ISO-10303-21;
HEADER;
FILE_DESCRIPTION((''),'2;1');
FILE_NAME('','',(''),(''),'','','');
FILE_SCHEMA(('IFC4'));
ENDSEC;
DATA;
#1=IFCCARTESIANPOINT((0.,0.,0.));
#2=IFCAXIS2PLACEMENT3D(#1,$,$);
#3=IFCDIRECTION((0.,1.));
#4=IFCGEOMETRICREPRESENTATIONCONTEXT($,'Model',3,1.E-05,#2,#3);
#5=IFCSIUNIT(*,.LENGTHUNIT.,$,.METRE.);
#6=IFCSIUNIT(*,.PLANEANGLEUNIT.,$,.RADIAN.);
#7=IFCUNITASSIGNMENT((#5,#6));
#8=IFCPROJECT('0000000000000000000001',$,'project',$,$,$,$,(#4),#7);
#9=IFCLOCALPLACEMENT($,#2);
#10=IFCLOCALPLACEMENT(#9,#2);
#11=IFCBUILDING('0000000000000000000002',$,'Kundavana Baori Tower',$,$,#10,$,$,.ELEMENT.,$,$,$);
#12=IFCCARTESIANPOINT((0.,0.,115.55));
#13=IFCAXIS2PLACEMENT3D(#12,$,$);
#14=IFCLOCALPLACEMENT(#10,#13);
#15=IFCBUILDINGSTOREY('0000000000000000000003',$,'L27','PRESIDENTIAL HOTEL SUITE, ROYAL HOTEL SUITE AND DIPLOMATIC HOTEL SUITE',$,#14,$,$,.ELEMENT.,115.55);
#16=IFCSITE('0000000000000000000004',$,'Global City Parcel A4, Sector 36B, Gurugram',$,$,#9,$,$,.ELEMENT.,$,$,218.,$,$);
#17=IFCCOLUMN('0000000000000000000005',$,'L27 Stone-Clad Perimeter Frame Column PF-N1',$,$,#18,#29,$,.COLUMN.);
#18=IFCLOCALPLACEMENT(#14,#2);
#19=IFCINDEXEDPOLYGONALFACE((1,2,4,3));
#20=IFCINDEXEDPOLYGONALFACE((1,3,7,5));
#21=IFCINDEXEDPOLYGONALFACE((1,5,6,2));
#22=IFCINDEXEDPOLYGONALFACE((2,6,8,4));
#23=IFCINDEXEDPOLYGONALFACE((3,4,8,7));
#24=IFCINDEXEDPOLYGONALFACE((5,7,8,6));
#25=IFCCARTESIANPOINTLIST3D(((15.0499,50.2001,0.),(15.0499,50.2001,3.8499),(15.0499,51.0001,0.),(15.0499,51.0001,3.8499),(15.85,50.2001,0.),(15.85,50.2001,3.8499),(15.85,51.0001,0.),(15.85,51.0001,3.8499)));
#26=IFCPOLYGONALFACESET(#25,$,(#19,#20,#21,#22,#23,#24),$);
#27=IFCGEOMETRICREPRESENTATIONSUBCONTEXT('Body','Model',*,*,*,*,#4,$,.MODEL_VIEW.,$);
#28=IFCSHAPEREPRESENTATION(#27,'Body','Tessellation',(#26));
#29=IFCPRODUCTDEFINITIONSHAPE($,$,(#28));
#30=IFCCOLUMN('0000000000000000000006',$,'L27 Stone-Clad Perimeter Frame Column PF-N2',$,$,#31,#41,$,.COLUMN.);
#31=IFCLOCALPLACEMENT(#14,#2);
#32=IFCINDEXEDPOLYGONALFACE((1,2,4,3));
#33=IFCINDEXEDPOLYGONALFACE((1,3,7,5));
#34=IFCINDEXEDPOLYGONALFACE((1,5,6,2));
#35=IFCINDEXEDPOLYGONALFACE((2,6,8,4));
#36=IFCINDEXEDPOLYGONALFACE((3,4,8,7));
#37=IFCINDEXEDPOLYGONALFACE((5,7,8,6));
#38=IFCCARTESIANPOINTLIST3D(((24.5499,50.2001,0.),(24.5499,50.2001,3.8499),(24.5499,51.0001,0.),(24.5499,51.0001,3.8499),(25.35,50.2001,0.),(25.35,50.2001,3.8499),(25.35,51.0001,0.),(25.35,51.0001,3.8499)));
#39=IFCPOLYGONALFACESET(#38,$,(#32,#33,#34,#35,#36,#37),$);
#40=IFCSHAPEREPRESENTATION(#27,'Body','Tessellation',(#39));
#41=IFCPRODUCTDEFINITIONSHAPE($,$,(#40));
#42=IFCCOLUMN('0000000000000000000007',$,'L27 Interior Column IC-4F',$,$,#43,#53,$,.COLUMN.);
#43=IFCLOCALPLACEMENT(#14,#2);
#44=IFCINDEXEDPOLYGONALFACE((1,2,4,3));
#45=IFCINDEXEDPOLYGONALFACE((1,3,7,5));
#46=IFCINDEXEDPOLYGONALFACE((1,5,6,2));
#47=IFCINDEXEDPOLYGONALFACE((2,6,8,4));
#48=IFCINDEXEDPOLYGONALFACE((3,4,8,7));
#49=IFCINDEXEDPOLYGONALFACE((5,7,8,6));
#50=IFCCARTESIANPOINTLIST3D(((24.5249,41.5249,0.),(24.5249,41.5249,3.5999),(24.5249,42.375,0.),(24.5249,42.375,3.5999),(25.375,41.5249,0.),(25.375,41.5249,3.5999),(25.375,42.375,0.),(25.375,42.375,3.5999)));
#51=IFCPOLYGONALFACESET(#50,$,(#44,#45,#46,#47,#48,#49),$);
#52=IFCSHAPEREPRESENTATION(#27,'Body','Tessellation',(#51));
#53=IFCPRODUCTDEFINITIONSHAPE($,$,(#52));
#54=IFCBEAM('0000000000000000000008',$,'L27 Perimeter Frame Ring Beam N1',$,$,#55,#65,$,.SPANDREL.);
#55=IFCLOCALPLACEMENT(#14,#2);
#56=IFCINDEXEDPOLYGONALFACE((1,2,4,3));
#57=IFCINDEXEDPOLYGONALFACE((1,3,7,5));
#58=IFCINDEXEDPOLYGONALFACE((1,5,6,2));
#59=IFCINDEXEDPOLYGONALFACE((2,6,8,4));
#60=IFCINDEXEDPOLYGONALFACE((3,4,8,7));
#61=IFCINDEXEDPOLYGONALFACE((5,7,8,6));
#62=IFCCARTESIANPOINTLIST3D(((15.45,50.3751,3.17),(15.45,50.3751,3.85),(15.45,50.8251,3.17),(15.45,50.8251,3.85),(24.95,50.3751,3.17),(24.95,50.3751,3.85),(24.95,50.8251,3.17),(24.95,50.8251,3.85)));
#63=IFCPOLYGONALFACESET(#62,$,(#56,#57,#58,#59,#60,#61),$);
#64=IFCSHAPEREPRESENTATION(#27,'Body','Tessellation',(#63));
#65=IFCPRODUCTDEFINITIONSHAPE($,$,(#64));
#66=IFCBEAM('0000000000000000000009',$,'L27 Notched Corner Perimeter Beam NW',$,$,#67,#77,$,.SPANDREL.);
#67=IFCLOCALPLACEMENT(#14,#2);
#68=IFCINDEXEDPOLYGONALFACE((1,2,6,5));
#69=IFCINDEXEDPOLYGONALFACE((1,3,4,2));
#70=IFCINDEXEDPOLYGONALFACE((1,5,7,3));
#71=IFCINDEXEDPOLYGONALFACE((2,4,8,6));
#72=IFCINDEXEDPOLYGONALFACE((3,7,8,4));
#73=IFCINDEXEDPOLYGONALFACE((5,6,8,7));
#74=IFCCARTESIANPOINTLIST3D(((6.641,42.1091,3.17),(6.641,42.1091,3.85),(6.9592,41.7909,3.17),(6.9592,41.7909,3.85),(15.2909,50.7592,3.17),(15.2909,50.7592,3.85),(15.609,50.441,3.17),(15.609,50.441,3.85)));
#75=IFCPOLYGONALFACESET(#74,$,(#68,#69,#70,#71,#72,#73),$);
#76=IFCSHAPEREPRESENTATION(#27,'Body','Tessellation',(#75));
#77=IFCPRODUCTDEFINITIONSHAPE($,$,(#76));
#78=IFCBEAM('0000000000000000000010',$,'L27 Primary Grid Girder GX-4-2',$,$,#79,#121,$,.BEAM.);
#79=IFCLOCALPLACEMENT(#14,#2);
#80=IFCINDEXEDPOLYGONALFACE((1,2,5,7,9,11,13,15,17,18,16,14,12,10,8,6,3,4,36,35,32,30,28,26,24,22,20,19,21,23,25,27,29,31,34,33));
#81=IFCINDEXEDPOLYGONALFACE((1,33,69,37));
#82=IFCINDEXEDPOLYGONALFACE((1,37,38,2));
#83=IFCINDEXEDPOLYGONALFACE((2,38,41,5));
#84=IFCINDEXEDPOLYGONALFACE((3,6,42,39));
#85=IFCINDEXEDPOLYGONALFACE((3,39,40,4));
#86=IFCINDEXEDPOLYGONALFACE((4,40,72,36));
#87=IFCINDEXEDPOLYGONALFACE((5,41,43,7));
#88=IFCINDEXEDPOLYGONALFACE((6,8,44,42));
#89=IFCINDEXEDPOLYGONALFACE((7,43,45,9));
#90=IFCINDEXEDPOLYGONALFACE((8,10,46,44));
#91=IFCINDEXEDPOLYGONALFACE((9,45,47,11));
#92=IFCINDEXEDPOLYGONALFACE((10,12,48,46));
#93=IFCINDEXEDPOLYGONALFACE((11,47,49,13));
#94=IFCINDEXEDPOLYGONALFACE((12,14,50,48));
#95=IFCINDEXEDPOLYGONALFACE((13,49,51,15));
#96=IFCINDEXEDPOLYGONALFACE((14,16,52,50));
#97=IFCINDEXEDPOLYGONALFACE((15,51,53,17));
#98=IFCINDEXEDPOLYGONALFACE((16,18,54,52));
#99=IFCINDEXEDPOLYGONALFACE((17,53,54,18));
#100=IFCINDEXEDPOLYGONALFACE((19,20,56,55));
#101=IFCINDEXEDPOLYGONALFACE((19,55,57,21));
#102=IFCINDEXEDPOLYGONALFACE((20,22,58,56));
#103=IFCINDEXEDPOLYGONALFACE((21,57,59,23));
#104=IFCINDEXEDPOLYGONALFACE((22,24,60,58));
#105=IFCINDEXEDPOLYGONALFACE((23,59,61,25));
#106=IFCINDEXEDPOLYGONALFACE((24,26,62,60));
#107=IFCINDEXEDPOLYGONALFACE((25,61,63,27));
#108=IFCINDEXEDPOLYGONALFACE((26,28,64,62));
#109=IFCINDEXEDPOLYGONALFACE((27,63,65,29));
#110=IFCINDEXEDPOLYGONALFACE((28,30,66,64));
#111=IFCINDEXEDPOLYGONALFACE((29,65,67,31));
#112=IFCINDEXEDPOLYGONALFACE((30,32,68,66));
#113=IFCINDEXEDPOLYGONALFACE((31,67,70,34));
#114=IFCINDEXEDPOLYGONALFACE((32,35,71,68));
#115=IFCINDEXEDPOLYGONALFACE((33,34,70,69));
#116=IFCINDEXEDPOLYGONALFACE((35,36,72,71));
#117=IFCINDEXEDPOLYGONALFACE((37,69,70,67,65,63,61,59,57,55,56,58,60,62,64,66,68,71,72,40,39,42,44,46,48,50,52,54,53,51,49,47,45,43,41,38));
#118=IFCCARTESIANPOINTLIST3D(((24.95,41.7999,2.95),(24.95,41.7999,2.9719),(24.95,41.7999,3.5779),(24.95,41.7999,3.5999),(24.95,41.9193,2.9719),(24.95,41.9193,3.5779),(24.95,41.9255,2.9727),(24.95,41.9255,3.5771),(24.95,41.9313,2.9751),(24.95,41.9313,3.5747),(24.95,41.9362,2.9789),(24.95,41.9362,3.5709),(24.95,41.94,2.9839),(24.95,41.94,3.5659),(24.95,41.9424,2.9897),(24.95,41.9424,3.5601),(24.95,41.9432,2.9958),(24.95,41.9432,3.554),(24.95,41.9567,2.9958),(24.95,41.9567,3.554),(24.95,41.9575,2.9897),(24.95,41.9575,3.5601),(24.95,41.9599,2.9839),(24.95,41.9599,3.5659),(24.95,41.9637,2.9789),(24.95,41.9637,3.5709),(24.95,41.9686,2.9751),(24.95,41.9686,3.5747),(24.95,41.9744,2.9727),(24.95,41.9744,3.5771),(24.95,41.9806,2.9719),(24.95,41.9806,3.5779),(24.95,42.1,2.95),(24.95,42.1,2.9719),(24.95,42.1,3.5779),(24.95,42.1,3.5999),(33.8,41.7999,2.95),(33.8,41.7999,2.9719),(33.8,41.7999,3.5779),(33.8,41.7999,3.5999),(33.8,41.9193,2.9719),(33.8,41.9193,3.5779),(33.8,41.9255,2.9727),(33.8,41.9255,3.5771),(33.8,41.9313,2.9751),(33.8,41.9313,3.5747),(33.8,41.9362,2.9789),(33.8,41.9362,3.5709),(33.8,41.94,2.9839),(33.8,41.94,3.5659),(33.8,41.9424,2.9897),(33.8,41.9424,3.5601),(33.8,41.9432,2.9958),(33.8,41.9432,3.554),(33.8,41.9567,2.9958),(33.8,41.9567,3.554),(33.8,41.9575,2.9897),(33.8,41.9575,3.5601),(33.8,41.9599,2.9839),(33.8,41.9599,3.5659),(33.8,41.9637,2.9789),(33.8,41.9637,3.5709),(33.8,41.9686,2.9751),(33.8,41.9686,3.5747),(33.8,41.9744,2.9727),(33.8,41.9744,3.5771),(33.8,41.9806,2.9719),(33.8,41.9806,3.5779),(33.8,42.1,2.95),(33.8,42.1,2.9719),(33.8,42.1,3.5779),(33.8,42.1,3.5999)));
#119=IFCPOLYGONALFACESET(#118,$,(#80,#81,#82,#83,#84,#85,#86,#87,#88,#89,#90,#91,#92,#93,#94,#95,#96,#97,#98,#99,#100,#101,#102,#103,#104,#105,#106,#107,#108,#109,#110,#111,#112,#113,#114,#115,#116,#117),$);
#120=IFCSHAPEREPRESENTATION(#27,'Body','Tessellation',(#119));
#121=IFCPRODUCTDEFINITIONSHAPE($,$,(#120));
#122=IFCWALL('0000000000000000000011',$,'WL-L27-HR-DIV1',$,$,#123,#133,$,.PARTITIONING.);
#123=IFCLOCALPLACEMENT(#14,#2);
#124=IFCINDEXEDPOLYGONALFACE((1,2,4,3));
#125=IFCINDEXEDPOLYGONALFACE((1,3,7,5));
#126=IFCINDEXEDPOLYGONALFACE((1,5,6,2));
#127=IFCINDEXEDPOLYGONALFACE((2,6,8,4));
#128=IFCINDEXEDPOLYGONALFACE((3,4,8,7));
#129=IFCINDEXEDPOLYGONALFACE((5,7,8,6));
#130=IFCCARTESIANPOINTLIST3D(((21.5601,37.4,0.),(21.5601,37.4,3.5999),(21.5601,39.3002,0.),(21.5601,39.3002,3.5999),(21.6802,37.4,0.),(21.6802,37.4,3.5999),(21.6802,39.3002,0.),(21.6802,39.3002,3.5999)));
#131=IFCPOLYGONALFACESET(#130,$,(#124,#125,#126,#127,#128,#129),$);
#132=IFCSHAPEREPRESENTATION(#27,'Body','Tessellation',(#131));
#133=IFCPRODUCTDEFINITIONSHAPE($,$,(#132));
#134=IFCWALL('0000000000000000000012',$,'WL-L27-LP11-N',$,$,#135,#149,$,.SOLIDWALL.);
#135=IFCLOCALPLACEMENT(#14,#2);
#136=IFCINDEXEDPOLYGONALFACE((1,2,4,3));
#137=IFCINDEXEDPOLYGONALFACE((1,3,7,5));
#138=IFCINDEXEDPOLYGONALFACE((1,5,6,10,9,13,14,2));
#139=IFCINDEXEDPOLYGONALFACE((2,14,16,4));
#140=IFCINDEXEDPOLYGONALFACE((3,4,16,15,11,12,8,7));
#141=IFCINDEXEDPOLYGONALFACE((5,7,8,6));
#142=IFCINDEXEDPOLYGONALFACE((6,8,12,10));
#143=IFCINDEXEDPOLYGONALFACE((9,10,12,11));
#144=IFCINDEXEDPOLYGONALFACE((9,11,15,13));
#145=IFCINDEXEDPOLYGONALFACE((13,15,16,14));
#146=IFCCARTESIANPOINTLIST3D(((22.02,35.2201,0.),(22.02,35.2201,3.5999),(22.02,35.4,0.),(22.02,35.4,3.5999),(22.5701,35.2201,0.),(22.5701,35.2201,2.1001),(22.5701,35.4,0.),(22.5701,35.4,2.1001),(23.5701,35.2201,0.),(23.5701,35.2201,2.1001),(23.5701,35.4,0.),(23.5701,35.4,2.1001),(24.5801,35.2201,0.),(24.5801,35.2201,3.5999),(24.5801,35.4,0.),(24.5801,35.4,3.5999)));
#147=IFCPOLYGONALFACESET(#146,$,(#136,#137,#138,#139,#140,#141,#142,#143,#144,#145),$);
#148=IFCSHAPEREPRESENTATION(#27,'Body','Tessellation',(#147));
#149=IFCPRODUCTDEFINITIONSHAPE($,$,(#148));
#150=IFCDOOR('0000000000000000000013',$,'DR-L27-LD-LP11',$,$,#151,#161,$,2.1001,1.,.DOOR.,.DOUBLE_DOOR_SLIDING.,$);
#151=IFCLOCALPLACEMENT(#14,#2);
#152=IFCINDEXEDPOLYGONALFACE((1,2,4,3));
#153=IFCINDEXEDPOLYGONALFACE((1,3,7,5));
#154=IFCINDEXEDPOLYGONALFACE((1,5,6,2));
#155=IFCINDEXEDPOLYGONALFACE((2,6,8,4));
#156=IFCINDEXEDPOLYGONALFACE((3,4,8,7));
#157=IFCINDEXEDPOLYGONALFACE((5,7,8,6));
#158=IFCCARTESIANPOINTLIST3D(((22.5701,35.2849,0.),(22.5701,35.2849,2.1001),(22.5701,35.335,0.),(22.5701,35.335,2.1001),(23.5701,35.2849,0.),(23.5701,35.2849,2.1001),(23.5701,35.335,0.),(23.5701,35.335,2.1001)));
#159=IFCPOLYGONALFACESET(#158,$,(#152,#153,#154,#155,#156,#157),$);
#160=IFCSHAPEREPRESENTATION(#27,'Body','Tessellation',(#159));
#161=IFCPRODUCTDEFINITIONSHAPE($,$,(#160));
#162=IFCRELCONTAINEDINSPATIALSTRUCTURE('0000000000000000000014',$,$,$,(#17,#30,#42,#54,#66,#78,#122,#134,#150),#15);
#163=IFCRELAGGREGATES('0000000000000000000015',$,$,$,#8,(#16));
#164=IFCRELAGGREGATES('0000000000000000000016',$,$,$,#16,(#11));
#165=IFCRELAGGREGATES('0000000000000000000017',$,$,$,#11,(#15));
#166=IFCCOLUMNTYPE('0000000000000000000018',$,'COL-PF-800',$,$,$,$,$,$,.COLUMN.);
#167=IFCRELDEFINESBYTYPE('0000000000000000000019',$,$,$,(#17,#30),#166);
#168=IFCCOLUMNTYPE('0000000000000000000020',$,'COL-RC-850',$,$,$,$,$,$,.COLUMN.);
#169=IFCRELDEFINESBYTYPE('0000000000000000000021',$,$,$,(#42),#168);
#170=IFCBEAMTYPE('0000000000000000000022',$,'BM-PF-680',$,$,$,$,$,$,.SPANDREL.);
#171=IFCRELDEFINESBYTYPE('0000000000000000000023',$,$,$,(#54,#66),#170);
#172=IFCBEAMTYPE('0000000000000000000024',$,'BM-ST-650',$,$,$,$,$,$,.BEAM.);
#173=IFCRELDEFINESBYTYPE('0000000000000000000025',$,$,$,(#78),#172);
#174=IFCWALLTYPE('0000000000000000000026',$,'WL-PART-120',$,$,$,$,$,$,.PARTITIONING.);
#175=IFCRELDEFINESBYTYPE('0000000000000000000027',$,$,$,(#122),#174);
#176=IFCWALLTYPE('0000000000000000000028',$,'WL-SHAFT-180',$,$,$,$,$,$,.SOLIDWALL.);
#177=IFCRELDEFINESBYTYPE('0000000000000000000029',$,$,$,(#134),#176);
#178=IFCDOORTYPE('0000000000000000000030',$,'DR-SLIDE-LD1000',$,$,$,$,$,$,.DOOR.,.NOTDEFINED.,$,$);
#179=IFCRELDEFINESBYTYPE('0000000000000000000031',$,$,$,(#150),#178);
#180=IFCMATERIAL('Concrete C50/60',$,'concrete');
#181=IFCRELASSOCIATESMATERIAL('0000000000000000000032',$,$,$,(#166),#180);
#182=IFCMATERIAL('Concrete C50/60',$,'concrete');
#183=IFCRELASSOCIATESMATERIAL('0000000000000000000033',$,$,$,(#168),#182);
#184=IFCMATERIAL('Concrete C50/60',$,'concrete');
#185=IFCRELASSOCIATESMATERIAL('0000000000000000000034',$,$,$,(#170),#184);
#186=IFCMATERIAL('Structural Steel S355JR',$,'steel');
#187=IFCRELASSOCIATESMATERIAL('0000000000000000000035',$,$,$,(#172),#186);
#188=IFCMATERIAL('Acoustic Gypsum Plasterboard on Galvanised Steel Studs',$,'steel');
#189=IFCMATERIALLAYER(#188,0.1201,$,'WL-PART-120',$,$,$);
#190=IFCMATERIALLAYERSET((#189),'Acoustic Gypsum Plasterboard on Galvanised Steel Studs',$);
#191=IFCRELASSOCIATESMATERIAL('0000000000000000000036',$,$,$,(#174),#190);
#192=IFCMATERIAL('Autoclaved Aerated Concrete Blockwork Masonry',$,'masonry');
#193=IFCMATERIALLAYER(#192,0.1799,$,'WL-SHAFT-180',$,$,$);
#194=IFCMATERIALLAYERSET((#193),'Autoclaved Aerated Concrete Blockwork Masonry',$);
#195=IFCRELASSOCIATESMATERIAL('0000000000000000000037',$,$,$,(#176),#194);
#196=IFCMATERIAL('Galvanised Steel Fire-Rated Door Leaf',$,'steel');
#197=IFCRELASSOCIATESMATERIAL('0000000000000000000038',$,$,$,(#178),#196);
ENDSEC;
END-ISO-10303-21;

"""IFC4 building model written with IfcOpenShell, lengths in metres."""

from ifc_helpers import new_model, si_unit, direction, frame, frame_2d, origin, origin_2d, place, context, subcontext, project, spatial, rectangle, i_section, extrude, material, layer, layer_set, material_profile, profile_set, type_object, element, fill, save


model = new_model("IFC4")

# Units and contexts
model_context = context("Model", 3, precision=1e-05, world=origin(), true_north=direction((0.0, 1.0)))
body_context = subcontext(model_context, "Body", "Model", "MODEL_VIEW")
ifc_project = project(units=[si_unit("LENGTHUNIT", "METRE"), si_unit("PLANEANGLEUNIT", "RADIAN")], contexts=[model_context])

# Site, building, storey
site_placement = place(None, origin())
site = spatial("IfcSite", under=ifc_project, at=site_placement, Name="Global City Parcel A4, Sector 36B, Gurugram", CompositionType="ELEMENT", RefElevation=218.0)
building_placement = place(site_placement, origin())
building = spatial("IfcBuilding", under=site, at=building_placement, Name="Kundavana Baori Tower", CompositionType="ELEMENT")
storey_placement = place(building_placement, frame((0.0, 0.0, 115.55)))
storey = spatial("IfcBuildingStorey", under=building, at=storey_placement, Name="L27", Description="PRESIDENTIAL HOTEL SUITE, ROYAL HOTEL SUITE AND DIPLOMATIC HOTEL SUITE", CompositionType="ELEMENT", Elevation=115.55)

# Columns
ifc_material_1 = material(Name="Concrete C50/60", Category="concrete")
ifc_material_profile_1 = material_profile(ifc_material_1, rectangle(XDim=0.8, YDim=0.8, at=origin_2d()), Name="RC PF 800x800")
ifc_profile_set_1 = profile_set([ifc_material_profile_1], Name="Concrete C50/60")
column_type_1 = type_object("IfcColumnType", Name="COL-PF-800", PredefinedType="COLUMN", material=ifc_profile_set_1)
for number, where, z_axis, x_axis, name in (
    (1, (15.45, 50.6001, 0.0), (0.0, 0.0, 1.0), (1.0, 0.0, 0.0), "L27 Stone-Clad Perimeter Frame Column PF-N1"),
    (2, (24.95, 50.6001, 0.0), (0.0, 0.0, 1.0), (1.0, 0.0, 0.0), "L27 Stone-Clad Perimeter Frame Column PF-N2"),
):
    element("IfcColumn", number, at=place(storey_placement, frame(where, z_axis=z_axis, x_axis=x_axis)), inside=storey, type_object=column_type_1, Name=name, PredefinedType="COLUMN", context=body_context, shape_type="SweptSolid", body=[
        extrude(rectangle(XDim=0.8, YDim=0.8, at=origin_2d()), origin(), (0.0, 0.0, 1.0), 3.8499),
    ])
ifc_material_2 = material(Name="Concrete C50/60", Category="concrete")
ifc_material_profile_2 = material_profile(ifc_material_2, rectangle(XDim=0.8501, YDim=0.8501, at=origin_2d()), Name="RC 850x850")
ifc_profile_set_2 = profile_set([ifc_material_profile_2], Name="Concrete C50/60")
column_type_2 = type_object("IfcColumnType", Name="COL-RC-850", PredefinedType="COLUMN", material=ifc_profile_set_2)
column_placement = place(storey_placement, frame((24.95, 41.95, 0.0), z_axis=(0.0, 0.0, 1.0), x_axis=(1.0, 0.0, 0.0)))
element("IfcColumn", 3, at=column_placement, inside=storey, type_object=column_type_2, Name="L27 Interior Column IC-4F", PredefinedType="COLUMN", context=body_context, shape_type="SweptSolid", body=[
    extrude(rectangle(XDim=0.8501, YDim=0.8501, at=origin_2d()), origin(), (0.0, 0.0, 1.0), 3.5999),
])

# Beams
ifc_material_3 = material(Name="Concrete C50/60", Category="concrete")
ifc_material_profile_3 = material_profile(ifc_material_3, rectangle(XDim=0.45, YDim=0.6799, at=origin_2d()), Name="RC BM 450x680")
ifc_profile_set_3 = profile_set([ifc_material_profile_3], Name="Concrete C50/60")
beam_type_1 = type_object("IfcBeamType", Name="BM-PF-680", PredefinedType="SPANDREL", material=ifc_profile_set_3)
beam_1_placement = place(storey_placement, frame((15.45, 50.6001, 3.51), z_axis=(1.0, 0.0, 0.0), x_axis=(0.0, 1.0, 0.0)))
element("IfcBeam", 4, at=beam_1_placement, inside=storey, type_object=beam_type_1, Name="L27 Perimeter Frame Ring Beam N1", PredefinedType="SPANDREL", context=body_context, shape_type="SweptSolid", body=[
    extrude(rectangle(XDim=0.45, YDim=0.6799, at=origin_2d()), origin(), (0.0, 0.0, 1.0), 9.5),
])
beam_2_placement = place(storey_placement, frame((15.45, 50.6001, 3.51), z_axis=(-0.707097, -0.707117, 0.0), x_axis=(0.707117, -0.707097, 0.0)))
element("IfcBeam", 5, at=beam_2_placement, inside=storey, type_object=beam_type_1, Name="L27 Notched Corner Perimeter Beam NW", PredefinedType="SPANDREL", context=body_context, shape_type="SweptSolid", body=[
    extrude(rectangle(XDim=0.45, YDim=0.6799, at=origin_2d()), origin(), (0.0, 0.0, 1.0), 12.2329),
])
ifc_material_4 = material(Name="Structural Steel S355JR", Category="steel")
ifc_material_profile_4 = material_profile(ifc_material_4, i_section(OverallWidth=0.3, OverallDepth=0.6499, WebThickness=0.0134, FlangeThickness=0.022, FilletRadius=0.0239, at=origin_2d()), Name="NPB 650x300x155")
ifc_profile_set_4 = profile_set([ifc_material_profile_4], Name="Structural Steel S355JR")
beam_type_2 = type_object("IfcBeamType", Name="BM-ST-650", PredefinedType="BEAM", material=ifc_profile_set_4)
beam_3_placement = place(storey_placement, frame((24.95, 41.95, 3.2749), z_axis=(1.0, 0.0, 0.0), x_axis=(0.0, 1.0, 0.0)))
element("IfcBeam", 6, at=beam_3_placement, inside=storey, type_object=beam_type_2, Name="L27 Primary Grid Girder GX-4-2", PredefinedType="BEAM", context=body_context, shape_type="SweptSolid", body=[
    extrude(i_section(OverallWidth=0.3, OverallDepth=0.6499, WebThickness=0.0134, FlangeThickness=0.022, FilletRadius=0.0239, at=origin_2d()), origin(), (0.0, 0.0, 1.0), 8.8501),
])

# Wall
ifc_material_5 = material(Name="Acoustic Gypsum Plasterboard on Galvanised Steel Studs", Category="steel")
ifc_layer_1 = layer(ifc_material_5, 0.1201, Name="WL-PART-120")
ifc_layer_set_1 = layer_set([ifc_layer_1], Name="Acoustic Gypsum Plasterboard on Galvanised Steel Studs")
wall_type_1 = type_object("IfcWallType", Name="WL-PART-120", PredefinedType="PARTITIONING", material=ifc_layer_set_1)
wall_1_placement = place(storey_placement, frame((21.6201, 37.3999, 0.0), z_axis=(0.0, 0.0, 1.0), x_axis=(0.0, 1.0, 0.0)))
element("IfcWall", 7, at=wall_1_placement, inside=storey, type_object=wall_type_1, Name="WL-L27-HR-DIV1", PredefinedType="PARTITIONING", context=body_context, shape_type="SweptSolid", body=[
    extrude(rectangle(XDim=1.9001, YDim=0.1201, at=frame_2d((0.9502, 0.0))), origin(), (0.0, 0.0, 1.0), 3.5999),
])

# Wall, opening, door
ifc_material_6 = material(Name="Autoclaved Aerated Concrete Blockwork Masonry", Category="masonry")
ifc_layer_2 = layer(ifc_material_6, 0.1799, Name="WL-SHAFT-180")
ifc_layer_set_2 = layer_set([ifc_layer_2], Name="Autoclaved Aerated Concrete Blockwork Masonry")
wall_type_2 = type_object("IfcWallType", Name="WL-SHAFT-180", PredefinedType="SOLIDWALL", material=ifc_layer_set_2)
wall_2_placement = place(storey_placement, frame((22.02, 35.3101, 0.0), z_axis=(0.0, 0.0, 1.0), x_axis=(1.0, 0.0, 0.0)))
wall_2 = element("IfcWall", 8, at=wall_2_placement, inside=storey, type_object=wall_type_2, Name="WL-L27-LP11-N", PredefinedType="SOLIDWALL", context=body_context, shape_type="SweptSolid", body=[
    extrude(rectangle(XDim=2.5601, YDim=0.1799, at=frame_2d((1.28, 0.0))), origin(), (0.0, 0.0, 1.0), 3.5999),
])
opening_1_placement = place(wall_2_placement, frame((0.55, 0.0, 0.0)))
opening_1 = element("IfcOpeningElement", 9, at=opening_1_placement, cuts=wall_2, PredefinedType="OPENING", context=body_context, shape_type="SweptSolid", body=[
    extrude(rectangle(XDim=1.0, YDim=2.1001, at=frame_2d((0.5, 1.05))), frame((0.0, 0.1001, 0.0), z_axis=(0.0, -1.0, 0.0), x_axis=(1.0, 0.0, 0.0)), (0.0, 0.0, 1.0), 0.2),
])
ifc_material_7 = material(Name="Galvanised Steel Fire-Rated Door Leaf", Category="steel")
door_type = type_object("IfcDoorType", Name="DR-SLIDE-LD1000", OperationType="NOTDEFINED", PredefinedType="DOOR", material=ifc_material_7)
door_1_placement = place(opening_1_placement, origin())
door_1 = element("IfcDoor", 10, at=door_1_placement, inside=storey, type_object=door_type, Name="DR-L27-LD-LP11", OperationType="DOUBLE_DOOR_SLIDING", OverallHeight=2.1001, OverallWidth=1.0, PredefinedType="DOOR", context=body_context, shape_type="SweptSolid", body=[
    extrude(rectangle(XDim=1.0, YDim=2.1001, at=frame_2d((0.5, 1.05))), frame((0.0, 0.0249, 0.0), z_axis=(0.0, -1.0, 0.0), x_axis=(1.0, 0.0, 0.0)), (0.0, 0.0, 1.0), 0.05),
])
fill(opening_1, door_1)

save(model, "model.ifc")
